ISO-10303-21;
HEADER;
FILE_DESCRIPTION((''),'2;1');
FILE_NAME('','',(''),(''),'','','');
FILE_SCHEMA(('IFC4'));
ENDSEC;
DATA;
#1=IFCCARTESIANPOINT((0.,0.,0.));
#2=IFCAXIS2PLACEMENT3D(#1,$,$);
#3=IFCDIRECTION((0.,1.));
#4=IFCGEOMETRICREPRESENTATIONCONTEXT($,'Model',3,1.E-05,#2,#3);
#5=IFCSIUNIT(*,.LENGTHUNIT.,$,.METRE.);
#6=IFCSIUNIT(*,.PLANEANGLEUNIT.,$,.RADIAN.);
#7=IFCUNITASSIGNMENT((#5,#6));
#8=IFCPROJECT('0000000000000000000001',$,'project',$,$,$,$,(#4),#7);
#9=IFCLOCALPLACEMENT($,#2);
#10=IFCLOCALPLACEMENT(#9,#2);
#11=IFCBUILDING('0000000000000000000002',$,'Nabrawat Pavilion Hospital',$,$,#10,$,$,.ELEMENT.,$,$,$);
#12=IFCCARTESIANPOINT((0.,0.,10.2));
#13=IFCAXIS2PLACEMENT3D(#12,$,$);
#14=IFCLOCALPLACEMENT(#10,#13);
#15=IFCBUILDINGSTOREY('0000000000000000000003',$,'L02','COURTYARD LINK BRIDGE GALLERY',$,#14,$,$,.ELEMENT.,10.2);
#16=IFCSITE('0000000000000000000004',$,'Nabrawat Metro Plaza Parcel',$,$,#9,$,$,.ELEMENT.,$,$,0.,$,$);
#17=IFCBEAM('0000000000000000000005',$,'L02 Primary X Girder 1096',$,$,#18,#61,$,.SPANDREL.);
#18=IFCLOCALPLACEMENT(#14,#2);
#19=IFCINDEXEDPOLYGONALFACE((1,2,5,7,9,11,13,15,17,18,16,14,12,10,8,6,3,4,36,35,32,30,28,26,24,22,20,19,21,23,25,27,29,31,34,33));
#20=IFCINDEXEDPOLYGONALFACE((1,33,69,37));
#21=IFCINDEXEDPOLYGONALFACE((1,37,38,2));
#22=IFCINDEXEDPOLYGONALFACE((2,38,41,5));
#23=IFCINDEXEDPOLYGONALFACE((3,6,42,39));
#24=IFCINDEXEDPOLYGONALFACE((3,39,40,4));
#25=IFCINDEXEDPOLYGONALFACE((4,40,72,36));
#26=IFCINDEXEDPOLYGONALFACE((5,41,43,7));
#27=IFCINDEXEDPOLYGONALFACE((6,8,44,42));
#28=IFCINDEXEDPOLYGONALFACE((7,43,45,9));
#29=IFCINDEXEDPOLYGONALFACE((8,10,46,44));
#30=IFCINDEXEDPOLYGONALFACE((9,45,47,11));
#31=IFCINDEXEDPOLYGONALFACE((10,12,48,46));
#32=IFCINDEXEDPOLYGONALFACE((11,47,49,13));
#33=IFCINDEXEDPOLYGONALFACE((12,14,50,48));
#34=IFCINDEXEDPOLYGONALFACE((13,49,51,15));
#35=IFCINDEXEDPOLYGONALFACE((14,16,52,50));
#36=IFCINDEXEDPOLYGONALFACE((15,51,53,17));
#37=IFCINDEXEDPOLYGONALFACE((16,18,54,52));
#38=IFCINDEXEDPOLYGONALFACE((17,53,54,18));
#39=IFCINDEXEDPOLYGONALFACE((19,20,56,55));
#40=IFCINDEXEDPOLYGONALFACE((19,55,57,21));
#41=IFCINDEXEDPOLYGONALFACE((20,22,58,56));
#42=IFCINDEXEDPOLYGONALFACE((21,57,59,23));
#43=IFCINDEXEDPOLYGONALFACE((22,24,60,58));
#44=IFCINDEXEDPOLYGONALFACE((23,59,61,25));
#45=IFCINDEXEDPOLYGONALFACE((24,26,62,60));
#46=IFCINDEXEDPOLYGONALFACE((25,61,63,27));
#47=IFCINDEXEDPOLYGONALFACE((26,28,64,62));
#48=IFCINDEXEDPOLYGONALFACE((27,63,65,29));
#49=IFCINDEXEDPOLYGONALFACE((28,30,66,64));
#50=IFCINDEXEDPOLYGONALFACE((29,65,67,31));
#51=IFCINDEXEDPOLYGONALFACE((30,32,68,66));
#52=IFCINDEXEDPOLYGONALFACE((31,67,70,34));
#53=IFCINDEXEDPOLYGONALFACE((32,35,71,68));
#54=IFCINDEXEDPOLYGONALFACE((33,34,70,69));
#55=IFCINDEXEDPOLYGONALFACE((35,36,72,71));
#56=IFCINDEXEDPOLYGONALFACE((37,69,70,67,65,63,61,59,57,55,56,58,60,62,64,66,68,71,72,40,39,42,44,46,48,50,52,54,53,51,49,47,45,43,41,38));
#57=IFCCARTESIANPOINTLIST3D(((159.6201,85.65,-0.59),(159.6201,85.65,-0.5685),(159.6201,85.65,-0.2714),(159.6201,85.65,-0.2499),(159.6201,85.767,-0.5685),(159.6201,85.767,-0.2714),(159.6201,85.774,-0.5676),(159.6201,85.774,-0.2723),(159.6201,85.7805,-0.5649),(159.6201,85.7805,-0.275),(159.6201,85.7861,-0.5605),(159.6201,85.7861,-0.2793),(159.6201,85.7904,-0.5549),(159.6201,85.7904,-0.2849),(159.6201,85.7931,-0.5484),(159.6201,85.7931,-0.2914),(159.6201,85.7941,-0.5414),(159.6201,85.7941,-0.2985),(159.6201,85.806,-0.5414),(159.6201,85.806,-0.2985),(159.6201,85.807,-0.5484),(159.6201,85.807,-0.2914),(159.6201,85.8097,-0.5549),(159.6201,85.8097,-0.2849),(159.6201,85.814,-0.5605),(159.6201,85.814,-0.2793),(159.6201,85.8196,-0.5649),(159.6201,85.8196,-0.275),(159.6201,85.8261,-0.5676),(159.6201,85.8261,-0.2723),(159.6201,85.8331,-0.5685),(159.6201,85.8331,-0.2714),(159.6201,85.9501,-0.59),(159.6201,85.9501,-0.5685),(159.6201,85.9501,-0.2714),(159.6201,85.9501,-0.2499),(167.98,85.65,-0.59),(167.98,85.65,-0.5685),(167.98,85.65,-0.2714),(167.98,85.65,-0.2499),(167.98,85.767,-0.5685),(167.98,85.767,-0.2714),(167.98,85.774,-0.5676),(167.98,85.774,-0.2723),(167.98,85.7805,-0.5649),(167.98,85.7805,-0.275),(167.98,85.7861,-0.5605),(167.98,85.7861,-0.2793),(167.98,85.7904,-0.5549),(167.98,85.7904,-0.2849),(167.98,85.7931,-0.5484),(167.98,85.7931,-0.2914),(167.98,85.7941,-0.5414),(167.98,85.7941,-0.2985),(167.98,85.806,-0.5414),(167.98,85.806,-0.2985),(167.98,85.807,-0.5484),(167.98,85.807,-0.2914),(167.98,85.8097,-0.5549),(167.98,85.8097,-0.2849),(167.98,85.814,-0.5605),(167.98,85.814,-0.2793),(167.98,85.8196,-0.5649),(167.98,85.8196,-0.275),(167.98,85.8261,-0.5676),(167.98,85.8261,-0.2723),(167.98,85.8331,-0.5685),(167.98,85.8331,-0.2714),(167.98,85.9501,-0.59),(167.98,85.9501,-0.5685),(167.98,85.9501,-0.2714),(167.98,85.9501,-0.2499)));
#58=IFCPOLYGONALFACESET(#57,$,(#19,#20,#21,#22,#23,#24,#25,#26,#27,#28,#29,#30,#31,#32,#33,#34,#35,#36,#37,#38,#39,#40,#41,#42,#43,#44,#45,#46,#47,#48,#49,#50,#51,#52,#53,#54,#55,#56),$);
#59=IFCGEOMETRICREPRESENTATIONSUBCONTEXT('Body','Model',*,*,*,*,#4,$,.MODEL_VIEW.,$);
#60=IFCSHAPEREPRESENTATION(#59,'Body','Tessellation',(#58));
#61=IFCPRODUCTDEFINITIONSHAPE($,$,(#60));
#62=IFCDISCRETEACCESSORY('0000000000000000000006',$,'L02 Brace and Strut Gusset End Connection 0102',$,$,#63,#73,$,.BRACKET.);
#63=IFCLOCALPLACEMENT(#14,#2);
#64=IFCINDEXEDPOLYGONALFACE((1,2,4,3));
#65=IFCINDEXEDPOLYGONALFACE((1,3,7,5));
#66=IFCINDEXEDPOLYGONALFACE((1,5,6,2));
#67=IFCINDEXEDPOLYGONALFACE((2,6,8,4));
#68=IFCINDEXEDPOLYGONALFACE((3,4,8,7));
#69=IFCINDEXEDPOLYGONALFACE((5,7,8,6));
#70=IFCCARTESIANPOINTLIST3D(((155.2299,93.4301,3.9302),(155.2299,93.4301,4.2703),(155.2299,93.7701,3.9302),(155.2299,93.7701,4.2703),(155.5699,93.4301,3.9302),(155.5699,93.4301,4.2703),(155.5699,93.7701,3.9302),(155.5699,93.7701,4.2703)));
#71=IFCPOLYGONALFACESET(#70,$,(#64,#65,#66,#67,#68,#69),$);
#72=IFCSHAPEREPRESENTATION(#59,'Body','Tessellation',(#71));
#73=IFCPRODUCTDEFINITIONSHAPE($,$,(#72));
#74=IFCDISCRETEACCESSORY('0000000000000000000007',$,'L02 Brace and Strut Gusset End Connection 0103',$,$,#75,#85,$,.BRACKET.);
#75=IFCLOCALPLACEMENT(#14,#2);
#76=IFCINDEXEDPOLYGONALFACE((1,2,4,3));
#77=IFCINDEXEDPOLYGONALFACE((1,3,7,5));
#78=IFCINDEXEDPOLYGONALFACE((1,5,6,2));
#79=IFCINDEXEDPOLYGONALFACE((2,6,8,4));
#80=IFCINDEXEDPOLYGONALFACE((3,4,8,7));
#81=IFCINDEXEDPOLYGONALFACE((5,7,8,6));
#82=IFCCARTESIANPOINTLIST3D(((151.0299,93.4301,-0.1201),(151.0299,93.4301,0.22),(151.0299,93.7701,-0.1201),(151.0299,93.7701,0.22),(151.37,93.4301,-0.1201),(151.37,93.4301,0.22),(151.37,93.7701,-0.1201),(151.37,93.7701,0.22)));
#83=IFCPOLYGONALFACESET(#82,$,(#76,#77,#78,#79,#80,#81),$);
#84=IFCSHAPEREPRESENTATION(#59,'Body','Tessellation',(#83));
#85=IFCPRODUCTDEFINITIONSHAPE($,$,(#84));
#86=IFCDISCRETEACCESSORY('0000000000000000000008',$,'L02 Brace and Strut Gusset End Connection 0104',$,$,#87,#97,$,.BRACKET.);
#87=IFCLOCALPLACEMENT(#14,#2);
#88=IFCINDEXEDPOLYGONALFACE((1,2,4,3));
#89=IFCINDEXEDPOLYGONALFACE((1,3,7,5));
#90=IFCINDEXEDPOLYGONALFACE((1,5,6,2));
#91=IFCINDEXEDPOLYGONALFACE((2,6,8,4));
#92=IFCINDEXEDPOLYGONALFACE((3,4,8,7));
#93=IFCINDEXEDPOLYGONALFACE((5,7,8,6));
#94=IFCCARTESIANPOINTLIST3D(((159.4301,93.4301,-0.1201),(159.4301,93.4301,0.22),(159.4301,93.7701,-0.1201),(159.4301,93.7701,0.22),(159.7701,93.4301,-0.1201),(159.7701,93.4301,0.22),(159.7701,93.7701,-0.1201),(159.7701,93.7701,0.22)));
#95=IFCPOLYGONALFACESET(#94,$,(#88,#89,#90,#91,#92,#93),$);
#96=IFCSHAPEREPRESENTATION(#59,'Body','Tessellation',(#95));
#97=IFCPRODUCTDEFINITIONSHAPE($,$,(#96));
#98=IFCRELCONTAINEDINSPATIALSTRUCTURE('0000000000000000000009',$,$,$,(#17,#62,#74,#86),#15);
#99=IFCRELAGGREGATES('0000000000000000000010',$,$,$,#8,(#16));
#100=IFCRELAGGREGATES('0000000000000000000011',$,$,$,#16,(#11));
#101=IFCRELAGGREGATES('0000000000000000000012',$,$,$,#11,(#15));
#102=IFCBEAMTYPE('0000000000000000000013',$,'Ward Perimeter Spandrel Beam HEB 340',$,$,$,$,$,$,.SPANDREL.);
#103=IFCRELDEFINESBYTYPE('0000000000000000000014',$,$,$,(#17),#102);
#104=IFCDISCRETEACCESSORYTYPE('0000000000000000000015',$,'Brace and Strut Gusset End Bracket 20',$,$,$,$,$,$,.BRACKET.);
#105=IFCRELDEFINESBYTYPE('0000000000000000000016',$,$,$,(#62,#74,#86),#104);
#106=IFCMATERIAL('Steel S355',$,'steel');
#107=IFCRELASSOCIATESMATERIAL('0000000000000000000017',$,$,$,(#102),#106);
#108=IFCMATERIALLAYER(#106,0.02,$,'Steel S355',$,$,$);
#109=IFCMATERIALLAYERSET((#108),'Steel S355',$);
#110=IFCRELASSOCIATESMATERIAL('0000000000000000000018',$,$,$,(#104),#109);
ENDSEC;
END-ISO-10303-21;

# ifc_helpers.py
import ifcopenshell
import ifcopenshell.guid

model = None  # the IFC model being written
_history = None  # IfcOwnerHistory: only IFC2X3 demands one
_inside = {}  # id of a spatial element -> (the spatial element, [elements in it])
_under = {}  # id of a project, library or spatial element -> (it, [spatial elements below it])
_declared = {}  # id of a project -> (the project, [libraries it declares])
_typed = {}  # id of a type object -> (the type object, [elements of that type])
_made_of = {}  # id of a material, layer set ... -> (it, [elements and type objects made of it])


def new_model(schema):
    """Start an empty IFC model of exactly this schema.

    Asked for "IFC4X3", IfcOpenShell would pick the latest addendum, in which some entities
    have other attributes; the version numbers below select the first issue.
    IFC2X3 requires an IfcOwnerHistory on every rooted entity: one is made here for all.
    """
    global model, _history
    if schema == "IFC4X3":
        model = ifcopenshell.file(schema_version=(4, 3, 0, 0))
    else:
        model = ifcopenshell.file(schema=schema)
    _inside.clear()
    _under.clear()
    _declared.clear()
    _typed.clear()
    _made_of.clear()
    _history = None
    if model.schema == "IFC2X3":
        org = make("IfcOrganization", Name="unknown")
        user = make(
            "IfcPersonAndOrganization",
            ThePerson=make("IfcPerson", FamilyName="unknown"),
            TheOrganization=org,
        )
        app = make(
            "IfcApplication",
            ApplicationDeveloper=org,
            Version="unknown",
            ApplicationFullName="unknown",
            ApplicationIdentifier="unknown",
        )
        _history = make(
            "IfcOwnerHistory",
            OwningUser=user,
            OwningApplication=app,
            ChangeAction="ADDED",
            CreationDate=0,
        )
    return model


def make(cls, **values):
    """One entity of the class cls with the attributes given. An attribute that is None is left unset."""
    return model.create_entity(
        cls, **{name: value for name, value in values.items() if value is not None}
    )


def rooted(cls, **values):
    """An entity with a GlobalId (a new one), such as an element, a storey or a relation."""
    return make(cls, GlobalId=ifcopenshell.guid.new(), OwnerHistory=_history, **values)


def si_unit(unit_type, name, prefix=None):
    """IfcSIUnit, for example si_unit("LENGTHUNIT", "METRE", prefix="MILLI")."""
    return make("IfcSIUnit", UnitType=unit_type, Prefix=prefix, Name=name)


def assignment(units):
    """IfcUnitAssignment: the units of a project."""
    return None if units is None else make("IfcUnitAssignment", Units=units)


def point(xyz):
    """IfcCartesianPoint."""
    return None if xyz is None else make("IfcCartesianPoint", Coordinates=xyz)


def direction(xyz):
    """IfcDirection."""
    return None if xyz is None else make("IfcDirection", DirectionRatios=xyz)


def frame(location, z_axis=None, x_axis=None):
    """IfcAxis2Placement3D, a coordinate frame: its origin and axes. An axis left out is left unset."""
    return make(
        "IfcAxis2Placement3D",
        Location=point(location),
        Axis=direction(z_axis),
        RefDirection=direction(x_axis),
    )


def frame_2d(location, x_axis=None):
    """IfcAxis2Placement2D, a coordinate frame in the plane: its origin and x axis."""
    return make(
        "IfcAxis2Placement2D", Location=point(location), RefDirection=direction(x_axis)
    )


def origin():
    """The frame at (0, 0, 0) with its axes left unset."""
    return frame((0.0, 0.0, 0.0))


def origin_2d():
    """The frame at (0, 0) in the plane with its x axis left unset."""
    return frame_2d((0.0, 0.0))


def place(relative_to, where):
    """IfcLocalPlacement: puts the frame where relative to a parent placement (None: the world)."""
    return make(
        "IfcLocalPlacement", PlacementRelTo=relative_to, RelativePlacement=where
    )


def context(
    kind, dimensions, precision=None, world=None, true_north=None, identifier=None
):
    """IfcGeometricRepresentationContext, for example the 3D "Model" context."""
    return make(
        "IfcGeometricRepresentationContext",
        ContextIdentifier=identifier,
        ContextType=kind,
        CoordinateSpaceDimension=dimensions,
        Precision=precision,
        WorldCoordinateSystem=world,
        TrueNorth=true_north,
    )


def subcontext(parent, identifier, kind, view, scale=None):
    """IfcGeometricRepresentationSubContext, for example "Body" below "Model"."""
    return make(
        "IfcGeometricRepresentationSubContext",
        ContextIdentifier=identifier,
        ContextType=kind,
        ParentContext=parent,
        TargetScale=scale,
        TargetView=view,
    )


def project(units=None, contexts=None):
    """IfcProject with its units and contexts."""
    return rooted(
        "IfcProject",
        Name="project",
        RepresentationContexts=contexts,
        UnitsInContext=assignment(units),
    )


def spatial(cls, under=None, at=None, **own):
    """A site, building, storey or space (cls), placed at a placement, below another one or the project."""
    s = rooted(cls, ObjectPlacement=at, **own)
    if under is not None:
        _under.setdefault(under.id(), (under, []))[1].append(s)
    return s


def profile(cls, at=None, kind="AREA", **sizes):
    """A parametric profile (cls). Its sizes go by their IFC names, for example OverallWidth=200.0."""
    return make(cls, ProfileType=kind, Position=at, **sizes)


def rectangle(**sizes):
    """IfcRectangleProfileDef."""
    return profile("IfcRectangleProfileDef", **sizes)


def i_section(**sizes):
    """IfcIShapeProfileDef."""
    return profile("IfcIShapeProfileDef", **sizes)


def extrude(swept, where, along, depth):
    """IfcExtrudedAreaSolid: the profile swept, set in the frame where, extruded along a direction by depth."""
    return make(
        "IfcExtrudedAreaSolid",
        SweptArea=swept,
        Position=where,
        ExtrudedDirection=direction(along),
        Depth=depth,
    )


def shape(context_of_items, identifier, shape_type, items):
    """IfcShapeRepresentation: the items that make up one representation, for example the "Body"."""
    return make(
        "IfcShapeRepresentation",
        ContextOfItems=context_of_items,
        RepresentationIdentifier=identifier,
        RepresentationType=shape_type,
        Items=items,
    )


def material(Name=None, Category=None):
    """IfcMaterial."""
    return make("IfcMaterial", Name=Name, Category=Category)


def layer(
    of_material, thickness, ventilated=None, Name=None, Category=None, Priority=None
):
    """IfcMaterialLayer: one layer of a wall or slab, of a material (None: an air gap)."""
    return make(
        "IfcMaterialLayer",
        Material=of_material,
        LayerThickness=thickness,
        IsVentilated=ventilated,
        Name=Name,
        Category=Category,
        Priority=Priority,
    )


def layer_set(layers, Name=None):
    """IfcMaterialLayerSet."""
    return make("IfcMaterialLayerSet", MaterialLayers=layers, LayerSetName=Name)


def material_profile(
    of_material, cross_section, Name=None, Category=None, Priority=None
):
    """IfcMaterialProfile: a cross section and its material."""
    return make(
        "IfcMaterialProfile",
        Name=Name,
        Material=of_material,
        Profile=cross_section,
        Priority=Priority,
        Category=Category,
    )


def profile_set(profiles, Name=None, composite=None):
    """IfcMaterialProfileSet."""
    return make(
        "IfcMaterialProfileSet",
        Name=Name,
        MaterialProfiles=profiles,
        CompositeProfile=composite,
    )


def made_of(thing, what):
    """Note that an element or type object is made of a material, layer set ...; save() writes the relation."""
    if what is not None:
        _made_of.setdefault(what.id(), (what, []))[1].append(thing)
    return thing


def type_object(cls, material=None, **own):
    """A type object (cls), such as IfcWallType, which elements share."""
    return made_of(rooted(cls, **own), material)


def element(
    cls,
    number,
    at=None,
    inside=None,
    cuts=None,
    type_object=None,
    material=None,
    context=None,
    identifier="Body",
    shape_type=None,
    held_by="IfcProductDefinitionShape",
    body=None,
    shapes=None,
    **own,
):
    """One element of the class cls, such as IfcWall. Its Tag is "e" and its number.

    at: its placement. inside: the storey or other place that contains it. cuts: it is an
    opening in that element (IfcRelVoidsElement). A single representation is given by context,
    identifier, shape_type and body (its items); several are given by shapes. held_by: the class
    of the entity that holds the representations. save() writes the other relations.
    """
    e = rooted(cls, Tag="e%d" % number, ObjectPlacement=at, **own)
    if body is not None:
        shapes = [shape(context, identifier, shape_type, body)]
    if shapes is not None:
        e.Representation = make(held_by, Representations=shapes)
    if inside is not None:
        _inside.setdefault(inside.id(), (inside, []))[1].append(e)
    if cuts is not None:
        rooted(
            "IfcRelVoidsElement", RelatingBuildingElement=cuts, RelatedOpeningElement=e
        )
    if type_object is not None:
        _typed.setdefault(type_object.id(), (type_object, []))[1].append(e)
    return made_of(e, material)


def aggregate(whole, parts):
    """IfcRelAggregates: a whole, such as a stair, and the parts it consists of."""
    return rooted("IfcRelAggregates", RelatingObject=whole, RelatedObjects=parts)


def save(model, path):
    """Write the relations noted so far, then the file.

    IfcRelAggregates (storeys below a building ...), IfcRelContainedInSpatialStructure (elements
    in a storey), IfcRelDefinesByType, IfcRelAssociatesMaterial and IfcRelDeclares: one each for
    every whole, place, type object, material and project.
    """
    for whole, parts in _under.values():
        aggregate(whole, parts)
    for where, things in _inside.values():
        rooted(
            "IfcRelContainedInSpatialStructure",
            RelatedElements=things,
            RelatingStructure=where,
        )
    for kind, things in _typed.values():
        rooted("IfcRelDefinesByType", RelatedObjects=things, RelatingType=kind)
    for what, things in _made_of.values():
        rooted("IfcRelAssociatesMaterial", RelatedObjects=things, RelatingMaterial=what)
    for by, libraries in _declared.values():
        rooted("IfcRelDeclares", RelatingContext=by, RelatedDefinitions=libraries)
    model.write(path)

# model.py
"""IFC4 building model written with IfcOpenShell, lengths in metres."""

from ifc_helpers import new_model, si_unit, direction, frame, origin, origin_2d, place, context, subcontext, project, spatial, rectangle, i_section, extrude, material, layer, layer_set, material_profile, profile_set, type_object, element, save


model = new_model("IFC4")

# Units and contexts
model_context = context("Model", 3, precision=1e-05, world=origin(), true_north=direction((0.0, 1.0)))
body_context = subcontext(model_context, "Body", "Model", "MODEL_VIEW")
ifc_project = project(units=[si_unit("LENGTHUNIT", "METRE"), si_unit("PLANEANGLEUNIT", "RADIAN")], contexts=[model_context])

# Site, building, storey
site_placement = place(None, origin())
site = spatial("IfcSite", under=ifc_project, at=site_placement, Name="Nabrawat Metro Plaza Parcel", CompositionType="ELEMENT", RefElevation=0.0)
building_placement = place(site_placement, origin())
building = spatial("IfcBuilding", under=site, at=building_placement, Name="Nabrawat Pavilion Hospital", CompositionType="ELEMENT")
storey_placement = place(building_placement, frame((0.0, 0.0, 10.2)))
storey = spatial("IfcBuildingStorey", under=building, at=storey_placement, Name="L02", Description="COURTYARD LINK BRIDGE GALLERY", CompositionType="ELEMENT", Elevation=10.2)

# Shared definitions
ifc_material_1 = material(Name="Steel S355", Category="steel")

# Beam
ifc_material_profile_1 = material_profile(ifc_material_1, i_section(OverallWidth=0.3, OverallDepth=0.3401, WebThickness=0.012, FlangeThickness=0.0215, FilletRadius=0.0271, at=origin_2d()), Name="HEB 340")
ifc_profile_set_1 = profile_set([ifc_material_profile_1], Name="Steel S355")
beam_type_1 = type_object("IfcBeamType", Name="Ward Perimeter Spandrel Beam HEB 340", PredefinedType="SPANDREL", material=ifc_profile_set_1)
beam_1_placement = place(storey_placement, frame((159.6201, 85.8, -0.4199), z_axis=(1.0, 0.0, 0.0), x_axis=(0.0, 1.0, 0.0)))
element("IfcBeam", 1, at=beam_1_placement, inside=storey, type_object=beam_type_1, Name="L02 Primary X Girder 1096", PredefinedType="SPANDREL", context=body_context, shape_type="SweptSolid", body=[
    extrude(i_section(OverallWidth=0.3, OverallDepth=0.3401, WebThickness=0.012, FlangeThickness=0.0215, FilletRadius=0.0271, at=origin_2d()), origin(), (0.0, 0.0, 1.0), 8.3599),
])

# Discrete accessories
ifc_layer = layer(ifc_material_1, 0.02, Name="Steel S355")
ifc_layer_set = layer_set([ifc_layer], Name="Steel S355")
discrete_accessory_type = type_object("IfcDiscreteAccessoryType", Name="Brace and Strut Gusset End Bracket 20", PredefinedType="BRACKET", material=ifc_layer_set)
for number, where, z_axis, x_axis, name in (
    (2, (155.3999, 93.6001, 3.9302), (0.0, 0.0, 1.0), (1.0, 0.0, 0.0), "L02 Brace and Strut Gusset End Connection 0102"),
    (3, (151.2, 93.6001, -0.1201), (0.0, 0.0, 1.0), (1.0, 0.0, 0.0), "L02 Brace and Strut Gusset End Connection 0103"),
    (4, (159.6001, 93.6001, -0.1201), (0.0, 0.0, 1.0), (1.0, 0.0, 0.0), "L02 Brace and Strut Gusset End Connection 0104"),
):
    element("IfcDiscreteAccessory", number, at=place(storey_placement, frame(where, z_axis=z_axis, x_axis=x_axis)), inside=storey, type_object=discrete_accessory_type, Name=name, PredefinedType="BRACKET", context=body_context, shape_type="SweptSolid", body=[
        extrude(rectangle(XDim=0.3401, YDim=0.3401, at=origin_2d()), origin(), (0.0, 0.0, 1.0), 0.3401),
    ])

save(model, "model.ifc")
